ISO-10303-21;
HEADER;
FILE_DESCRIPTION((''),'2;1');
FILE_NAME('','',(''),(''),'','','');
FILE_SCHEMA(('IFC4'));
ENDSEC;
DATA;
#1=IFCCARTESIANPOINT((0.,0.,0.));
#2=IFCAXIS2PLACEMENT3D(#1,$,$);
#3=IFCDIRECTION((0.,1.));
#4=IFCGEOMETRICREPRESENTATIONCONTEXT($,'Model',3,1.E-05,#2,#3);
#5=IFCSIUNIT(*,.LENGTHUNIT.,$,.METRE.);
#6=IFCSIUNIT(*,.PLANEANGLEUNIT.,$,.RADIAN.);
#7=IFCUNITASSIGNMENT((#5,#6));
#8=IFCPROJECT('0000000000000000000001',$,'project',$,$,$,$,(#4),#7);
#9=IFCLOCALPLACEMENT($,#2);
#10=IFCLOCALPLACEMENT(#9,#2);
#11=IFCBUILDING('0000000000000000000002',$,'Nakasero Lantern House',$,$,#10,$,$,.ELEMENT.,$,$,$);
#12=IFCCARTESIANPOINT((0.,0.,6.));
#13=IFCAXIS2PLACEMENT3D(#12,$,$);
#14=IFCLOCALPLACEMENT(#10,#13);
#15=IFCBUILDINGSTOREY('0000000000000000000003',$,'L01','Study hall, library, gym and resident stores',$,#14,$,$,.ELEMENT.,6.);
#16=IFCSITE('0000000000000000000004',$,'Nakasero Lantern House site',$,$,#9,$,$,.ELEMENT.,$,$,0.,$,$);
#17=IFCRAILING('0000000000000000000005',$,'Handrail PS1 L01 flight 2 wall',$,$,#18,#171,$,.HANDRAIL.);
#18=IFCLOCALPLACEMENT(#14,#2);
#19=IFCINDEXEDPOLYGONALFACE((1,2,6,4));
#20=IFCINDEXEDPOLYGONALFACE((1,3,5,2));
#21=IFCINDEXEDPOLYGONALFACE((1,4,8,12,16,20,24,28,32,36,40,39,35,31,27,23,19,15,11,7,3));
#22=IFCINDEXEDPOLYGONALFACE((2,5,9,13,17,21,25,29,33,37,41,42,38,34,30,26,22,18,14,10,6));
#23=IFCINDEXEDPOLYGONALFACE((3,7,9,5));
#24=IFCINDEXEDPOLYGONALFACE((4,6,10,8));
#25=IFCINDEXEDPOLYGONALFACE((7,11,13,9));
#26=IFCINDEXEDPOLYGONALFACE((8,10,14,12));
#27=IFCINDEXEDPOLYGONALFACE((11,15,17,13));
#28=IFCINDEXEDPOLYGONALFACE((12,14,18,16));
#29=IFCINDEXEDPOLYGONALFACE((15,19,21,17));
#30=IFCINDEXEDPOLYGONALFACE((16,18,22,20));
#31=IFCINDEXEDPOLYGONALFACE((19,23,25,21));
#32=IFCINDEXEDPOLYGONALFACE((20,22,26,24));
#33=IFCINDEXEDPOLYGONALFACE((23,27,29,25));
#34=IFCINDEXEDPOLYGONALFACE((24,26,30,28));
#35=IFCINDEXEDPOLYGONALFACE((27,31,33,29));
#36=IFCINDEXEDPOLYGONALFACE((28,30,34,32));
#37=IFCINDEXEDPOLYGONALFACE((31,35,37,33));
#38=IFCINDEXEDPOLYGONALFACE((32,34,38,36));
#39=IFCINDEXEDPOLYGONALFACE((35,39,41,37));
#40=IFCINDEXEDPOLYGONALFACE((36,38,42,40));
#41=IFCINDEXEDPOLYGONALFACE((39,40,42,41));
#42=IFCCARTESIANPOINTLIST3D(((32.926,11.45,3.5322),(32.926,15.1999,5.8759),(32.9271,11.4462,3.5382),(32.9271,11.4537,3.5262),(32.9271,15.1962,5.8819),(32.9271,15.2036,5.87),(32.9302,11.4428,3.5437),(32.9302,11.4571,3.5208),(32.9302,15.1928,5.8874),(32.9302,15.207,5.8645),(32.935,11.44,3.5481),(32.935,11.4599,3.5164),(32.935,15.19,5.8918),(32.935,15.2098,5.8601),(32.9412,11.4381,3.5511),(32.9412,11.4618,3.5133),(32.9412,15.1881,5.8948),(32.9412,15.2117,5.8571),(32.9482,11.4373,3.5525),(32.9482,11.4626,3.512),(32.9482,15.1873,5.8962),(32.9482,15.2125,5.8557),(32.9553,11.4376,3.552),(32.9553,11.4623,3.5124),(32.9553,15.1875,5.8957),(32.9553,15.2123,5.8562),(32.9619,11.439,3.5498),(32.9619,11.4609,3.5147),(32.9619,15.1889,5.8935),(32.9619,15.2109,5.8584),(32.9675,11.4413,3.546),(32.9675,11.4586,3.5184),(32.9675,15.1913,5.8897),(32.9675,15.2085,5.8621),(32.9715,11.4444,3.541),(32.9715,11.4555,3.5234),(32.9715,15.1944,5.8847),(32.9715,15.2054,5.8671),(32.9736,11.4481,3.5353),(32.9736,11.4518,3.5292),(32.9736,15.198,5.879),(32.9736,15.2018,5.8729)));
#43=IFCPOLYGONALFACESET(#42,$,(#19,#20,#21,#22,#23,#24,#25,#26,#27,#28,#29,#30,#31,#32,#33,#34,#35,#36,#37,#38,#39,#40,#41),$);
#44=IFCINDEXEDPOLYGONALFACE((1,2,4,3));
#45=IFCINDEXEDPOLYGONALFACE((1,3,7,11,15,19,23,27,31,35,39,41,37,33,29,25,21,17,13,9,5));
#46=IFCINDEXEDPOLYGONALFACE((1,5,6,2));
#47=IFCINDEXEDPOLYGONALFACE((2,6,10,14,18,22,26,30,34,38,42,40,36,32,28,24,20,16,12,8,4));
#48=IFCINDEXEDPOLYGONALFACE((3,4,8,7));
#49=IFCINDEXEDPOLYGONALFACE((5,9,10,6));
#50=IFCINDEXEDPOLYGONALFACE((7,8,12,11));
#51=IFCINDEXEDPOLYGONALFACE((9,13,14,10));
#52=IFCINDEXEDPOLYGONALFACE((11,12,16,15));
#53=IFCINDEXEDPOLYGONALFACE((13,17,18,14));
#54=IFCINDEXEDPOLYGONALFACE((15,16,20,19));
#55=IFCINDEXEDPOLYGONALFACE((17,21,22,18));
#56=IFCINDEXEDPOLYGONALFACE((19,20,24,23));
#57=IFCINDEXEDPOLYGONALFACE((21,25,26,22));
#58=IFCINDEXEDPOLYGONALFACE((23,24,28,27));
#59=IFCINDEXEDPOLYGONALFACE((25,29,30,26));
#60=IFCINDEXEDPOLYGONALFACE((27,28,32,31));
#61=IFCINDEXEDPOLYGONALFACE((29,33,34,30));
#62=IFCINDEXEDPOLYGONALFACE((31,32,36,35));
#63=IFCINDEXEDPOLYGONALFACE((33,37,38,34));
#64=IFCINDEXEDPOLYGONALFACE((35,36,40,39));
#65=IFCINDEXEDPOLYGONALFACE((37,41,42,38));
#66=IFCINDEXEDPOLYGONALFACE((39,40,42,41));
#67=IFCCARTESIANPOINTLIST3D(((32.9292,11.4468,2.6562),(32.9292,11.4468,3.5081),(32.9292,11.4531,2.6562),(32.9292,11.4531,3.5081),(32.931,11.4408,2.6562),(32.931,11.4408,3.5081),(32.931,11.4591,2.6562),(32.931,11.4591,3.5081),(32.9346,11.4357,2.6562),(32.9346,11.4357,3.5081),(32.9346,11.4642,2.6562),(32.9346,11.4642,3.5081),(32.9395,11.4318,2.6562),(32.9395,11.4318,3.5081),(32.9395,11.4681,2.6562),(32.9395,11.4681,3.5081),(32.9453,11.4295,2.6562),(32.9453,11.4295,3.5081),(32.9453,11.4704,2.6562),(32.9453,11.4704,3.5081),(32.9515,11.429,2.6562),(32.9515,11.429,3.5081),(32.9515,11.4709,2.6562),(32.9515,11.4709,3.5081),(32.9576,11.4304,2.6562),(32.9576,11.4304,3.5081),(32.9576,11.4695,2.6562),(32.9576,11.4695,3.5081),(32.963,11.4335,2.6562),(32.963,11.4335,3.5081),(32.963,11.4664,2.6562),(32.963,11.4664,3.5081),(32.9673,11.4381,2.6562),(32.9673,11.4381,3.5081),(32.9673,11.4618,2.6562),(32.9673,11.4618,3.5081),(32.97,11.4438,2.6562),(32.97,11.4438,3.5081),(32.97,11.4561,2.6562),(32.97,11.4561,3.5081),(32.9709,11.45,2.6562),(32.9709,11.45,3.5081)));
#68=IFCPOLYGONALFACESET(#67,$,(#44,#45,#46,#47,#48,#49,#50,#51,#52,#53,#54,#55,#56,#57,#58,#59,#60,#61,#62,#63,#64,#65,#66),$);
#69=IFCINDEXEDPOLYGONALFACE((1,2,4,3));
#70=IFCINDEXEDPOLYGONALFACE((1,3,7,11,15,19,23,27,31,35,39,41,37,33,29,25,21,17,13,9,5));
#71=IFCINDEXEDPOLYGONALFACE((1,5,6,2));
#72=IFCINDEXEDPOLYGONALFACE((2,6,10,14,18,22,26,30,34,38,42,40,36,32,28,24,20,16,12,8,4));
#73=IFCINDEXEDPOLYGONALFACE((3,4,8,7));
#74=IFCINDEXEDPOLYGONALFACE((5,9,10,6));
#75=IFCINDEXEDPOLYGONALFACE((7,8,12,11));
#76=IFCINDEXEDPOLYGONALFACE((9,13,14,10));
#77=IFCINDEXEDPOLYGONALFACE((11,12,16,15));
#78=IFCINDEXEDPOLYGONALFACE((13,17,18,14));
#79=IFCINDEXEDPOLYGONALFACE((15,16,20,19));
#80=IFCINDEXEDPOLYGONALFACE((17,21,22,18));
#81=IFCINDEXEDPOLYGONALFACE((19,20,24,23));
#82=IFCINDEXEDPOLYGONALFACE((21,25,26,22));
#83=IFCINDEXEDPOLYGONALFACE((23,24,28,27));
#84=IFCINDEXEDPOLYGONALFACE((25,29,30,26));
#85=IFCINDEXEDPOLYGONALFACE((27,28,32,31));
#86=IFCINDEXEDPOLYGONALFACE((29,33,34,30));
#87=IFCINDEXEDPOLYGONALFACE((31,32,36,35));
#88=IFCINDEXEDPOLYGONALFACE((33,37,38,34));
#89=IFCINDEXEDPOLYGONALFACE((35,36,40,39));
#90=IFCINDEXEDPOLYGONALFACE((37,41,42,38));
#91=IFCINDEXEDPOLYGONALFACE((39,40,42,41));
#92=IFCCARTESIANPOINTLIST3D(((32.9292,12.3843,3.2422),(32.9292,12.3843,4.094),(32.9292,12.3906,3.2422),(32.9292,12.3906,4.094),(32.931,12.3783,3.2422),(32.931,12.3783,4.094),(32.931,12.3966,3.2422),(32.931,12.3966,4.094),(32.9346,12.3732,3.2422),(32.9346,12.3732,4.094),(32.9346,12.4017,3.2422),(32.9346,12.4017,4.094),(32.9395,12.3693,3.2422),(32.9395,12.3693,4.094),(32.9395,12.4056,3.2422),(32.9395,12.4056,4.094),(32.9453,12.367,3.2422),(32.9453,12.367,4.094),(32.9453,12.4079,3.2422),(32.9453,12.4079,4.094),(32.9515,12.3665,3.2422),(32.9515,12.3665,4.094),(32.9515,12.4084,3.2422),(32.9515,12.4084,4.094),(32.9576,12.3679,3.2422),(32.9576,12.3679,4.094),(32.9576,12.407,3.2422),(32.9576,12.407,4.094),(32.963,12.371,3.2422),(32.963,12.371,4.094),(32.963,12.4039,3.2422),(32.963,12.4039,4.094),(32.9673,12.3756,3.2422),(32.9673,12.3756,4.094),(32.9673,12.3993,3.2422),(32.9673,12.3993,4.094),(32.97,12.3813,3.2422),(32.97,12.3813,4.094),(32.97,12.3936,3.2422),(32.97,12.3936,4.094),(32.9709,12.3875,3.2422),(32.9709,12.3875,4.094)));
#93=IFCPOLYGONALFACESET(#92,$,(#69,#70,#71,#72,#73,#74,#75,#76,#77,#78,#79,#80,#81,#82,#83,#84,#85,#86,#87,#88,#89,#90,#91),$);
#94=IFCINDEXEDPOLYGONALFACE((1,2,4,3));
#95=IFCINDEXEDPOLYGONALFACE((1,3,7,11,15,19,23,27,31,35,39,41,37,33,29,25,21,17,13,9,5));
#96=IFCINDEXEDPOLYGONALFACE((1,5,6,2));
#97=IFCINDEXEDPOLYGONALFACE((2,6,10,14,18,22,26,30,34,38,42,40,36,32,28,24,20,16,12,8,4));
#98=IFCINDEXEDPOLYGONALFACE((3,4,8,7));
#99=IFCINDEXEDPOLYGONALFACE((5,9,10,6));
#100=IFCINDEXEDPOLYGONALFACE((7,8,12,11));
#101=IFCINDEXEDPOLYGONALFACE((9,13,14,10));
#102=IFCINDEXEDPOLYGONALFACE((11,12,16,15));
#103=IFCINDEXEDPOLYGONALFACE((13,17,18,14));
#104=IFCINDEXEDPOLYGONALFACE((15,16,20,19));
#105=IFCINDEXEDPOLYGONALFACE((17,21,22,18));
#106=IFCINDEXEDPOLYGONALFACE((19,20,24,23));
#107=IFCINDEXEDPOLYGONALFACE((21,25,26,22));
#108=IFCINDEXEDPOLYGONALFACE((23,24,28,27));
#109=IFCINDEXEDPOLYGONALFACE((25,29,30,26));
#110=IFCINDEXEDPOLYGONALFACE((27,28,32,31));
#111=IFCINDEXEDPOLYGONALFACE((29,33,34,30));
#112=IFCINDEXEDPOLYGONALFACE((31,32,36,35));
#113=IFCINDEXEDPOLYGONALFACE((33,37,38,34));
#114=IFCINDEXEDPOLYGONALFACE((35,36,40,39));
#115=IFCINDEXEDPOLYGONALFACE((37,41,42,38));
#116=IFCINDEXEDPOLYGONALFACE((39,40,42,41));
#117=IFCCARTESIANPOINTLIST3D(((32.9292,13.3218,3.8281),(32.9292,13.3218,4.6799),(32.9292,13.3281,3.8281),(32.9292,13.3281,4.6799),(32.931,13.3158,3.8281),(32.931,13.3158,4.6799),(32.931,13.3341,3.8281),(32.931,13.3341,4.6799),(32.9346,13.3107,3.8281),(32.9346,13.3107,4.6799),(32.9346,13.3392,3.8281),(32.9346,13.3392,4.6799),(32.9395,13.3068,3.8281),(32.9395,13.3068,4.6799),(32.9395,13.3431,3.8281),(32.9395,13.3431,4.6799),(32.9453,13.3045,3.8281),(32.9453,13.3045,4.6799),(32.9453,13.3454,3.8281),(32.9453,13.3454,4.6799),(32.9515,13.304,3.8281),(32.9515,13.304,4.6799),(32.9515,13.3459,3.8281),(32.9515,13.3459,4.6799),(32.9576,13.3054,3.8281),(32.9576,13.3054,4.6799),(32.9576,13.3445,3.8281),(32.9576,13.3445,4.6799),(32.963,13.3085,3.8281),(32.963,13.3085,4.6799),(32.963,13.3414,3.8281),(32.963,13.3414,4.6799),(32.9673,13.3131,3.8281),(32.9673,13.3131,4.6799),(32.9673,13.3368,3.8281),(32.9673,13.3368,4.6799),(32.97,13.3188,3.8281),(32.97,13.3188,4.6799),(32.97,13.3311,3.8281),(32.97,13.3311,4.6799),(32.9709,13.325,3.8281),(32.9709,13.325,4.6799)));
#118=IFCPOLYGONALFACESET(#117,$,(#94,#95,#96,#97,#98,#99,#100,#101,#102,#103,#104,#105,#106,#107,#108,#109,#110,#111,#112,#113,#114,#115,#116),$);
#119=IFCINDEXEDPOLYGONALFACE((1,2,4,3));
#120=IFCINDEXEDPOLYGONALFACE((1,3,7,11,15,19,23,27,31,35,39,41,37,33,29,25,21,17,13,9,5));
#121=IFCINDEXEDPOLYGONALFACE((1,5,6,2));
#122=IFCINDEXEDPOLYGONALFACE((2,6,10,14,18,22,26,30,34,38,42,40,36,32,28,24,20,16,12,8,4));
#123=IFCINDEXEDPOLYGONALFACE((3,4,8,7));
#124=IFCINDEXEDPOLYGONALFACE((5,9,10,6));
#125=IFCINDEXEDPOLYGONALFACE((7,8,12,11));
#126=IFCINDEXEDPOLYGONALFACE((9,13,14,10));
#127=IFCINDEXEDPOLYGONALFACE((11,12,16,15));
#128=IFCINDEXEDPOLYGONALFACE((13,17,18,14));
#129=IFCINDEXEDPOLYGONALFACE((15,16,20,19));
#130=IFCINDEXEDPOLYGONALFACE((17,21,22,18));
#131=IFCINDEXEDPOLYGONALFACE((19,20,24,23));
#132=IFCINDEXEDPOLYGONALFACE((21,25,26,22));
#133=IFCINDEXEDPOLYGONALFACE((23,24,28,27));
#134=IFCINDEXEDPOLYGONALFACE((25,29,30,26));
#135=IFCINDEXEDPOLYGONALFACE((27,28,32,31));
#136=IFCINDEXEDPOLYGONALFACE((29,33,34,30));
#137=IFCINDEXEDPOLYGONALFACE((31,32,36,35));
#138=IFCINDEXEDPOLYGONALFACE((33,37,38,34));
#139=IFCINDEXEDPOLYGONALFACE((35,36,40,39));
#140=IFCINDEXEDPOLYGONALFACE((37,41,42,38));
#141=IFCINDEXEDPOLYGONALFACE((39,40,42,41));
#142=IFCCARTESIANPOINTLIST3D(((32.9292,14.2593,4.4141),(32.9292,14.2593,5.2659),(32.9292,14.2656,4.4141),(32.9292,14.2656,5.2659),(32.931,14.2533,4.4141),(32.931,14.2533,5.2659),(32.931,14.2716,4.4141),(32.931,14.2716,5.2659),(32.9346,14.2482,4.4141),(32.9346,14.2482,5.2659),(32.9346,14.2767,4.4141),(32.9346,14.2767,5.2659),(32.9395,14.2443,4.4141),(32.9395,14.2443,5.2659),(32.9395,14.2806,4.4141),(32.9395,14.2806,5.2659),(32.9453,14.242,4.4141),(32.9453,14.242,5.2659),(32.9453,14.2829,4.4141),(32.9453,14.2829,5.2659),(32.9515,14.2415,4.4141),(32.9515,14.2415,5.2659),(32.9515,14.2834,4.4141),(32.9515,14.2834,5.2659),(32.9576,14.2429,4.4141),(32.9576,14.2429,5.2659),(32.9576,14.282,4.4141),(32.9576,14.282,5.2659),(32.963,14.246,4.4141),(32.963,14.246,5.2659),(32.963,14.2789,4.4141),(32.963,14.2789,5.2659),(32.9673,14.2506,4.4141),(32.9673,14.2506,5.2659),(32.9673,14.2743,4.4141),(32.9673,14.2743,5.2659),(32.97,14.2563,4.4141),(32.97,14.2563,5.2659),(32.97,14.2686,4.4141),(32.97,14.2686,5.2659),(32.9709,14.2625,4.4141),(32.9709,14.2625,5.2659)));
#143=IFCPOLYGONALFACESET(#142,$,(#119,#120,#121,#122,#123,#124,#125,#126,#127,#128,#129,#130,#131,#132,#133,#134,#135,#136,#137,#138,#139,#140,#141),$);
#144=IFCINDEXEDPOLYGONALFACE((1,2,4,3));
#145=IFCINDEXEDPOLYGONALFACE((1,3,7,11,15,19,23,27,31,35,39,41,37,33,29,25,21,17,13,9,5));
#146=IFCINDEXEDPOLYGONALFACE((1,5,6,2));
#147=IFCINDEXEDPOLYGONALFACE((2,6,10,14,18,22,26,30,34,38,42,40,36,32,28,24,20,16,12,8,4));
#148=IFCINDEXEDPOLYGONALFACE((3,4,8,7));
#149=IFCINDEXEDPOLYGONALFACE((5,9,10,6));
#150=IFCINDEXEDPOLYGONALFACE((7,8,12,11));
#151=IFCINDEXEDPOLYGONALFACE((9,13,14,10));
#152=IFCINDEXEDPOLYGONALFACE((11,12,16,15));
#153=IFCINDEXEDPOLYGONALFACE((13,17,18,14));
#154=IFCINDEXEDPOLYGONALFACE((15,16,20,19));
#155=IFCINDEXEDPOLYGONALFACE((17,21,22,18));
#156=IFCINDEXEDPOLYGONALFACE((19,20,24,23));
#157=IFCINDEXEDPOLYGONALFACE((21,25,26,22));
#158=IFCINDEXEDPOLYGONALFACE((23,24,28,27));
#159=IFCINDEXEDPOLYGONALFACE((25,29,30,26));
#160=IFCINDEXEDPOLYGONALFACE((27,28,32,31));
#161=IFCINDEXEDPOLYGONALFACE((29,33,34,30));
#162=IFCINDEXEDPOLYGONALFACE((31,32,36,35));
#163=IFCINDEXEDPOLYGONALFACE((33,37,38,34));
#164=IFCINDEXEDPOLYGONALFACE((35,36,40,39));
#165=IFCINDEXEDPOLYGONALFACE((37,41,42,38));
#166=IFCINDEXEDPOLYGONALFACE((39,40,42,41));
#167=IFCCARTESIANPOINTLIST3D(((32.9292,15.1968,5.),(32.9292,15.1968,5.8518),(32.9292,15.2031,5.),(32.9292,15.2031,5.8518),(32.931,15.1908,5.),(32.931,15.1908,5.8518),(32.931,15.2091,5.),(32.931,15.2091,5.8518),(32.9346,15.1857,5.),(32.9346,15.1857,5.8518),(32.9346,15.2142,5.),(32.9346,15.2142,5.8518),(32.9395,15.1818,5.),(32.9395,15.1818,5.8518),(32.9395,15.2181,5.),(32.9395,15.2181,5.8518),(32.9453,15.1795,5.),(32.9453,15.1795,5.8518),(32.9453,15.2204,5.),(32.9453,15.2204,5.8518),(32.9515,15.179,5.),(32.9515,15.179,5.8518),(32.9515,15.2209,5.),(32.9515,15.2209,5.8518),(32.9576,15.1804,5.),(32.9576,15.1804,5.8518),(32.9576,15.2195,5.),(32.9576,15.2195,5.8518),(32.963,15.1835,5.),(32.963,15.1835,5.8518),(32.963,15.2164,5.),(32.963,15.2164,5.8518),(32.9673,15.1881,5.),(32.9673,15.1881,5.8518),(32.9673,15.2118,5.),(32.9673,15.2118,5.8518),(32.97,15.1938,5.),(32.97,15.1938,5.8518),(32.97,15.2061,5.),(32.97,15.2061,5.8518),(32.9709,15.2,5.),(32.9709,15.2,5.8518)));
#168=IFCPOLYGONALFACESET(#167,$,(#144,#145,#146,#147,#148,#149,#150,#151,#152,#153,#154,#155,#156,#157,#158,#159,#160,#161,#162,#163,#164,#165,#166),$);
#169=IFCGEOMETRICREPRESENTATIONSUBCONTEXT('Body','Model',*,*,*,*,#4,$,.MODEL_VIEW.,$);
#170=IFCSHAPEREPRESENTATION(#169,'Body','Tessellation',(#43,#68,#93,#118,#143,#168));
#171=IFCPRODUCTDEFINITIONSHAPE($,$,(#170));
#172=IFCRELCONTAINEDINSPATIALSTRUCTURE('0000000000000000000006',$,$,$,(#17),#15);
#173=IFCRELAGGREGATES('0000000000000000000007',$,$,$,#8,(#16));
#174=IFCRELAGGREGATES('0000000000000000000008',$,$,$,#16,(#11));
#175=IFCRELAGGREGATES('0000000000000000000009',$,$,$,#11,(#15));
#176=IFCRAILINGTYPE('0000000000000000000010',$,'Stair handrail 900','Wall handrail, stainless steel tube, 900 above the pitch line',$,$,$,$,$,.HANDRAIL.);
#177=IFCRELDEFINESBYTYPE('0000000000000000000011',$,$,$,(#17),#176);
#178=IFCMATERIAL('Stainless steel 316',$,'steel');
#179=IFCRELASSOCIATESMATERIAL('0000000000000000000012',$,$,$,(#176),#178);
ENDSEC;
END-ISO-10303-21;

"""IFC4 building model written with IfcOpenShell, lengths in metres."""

from ifc_helpers import new_model, si_unit, direction, frame, origin, origin_2d, place, context, subcontext, project, spatial, circle, extrude, material, type_object, element, save


model = new_model("IFC4")

# Units and contexts
model_context = context("Model", 3, precision=1e-05, world=origin(), true_north=direction((0.0, 1.0)))
body_context = subcontext(model_context, "Body", "Model", "MODEL_VIEW")
ifc_project = project(units=[si_unit("LENGTHUNIT", "METRE"), si_unit("PLANEANGLEUNIT", "RADIAN")], contexts=[model_context])

# Site, building, storey
site_placement = place(None, origin())
site = spatial("IfcSite", under=ifc_project, at=site_placement, Name="Nakasero Lantern House site", CompositionType="ELEMENT", RefElevation=0.0)
building_placement = place(site_placement, origin())
building = spatial("IfcBuilding", under=site, at=building_placement, Name="Nakasero Lantern House", CompositionType="ELEMENT")
storey_placement = place(building_placement, frame((0.0, 0.0, 6.0)))
storey = spatial("IfcBuildingStorey", under=building, at=storey_placement, Name="L01", Description="Study hall, library, gym and resident stores", CompositionType="ELEMENT", Elevation=6.0)

# Railing
ifc_material_1 = material(Name="Stainless steel 316", Category="steel")
railing_type = type_object("IfcRailingType", Name="Stair handrail 900", Description="Wall handrail, stainless steel tube, 900 above the pitch line", PredefinedType="HANDRAIL", material=ifc_material_1)
for number, where, name in (
    (1, (32.95, 11.45, 2.6562), "Handrail PS1 L01 flight 2 wall"),
):
    element("IfcRailing", number, at=place(storey_placement, frame(where)), inside=storey, type_object=railing_type, Name=name, PredefinedType="HANDRAIL", context=body_context, shape_type="SweptSolid", body=[
        extrude(circle(Radius=0.0239, at=origin_2d()), frame((0.0, 0.0, 0.876), z_axis=(0.0, 0.847998, 0.529999), x_axis=(-1.0, 0.0, 0.0)), (0.0, 0.0, 1.0), 4.4221),
        extrude(circle(Radius=0.021, at=origin_2d()), origin(), (0.0, 0.0, 1.0), 0.8518),
        extrude(circle(Radius=0.021, at=origin_2d()), frame((0.0, 0.9375, 0.5859)), (0.0, 0.0, 1.0), 0.8518),
        extrude(circle(Radius=0.021, at=origin_2d()), frame((0.0, 1.875, 1.1719)), (0.0, 0.0, 1.0), 0.8518),
        extrude(circle(Radius=0.021, at=origin_2d()), frame((0.0, 2.8125, 1.7578)), (0.0, 0.0, 1.0), 0.8518),
        extrude(circle(Radius=0.021, at=origin_2d()), frame((0.0, 3.75, 2.3438)), (0.0, 0.0, 1.0), 0.8518),
    ])

save(model, "model.ifc")
